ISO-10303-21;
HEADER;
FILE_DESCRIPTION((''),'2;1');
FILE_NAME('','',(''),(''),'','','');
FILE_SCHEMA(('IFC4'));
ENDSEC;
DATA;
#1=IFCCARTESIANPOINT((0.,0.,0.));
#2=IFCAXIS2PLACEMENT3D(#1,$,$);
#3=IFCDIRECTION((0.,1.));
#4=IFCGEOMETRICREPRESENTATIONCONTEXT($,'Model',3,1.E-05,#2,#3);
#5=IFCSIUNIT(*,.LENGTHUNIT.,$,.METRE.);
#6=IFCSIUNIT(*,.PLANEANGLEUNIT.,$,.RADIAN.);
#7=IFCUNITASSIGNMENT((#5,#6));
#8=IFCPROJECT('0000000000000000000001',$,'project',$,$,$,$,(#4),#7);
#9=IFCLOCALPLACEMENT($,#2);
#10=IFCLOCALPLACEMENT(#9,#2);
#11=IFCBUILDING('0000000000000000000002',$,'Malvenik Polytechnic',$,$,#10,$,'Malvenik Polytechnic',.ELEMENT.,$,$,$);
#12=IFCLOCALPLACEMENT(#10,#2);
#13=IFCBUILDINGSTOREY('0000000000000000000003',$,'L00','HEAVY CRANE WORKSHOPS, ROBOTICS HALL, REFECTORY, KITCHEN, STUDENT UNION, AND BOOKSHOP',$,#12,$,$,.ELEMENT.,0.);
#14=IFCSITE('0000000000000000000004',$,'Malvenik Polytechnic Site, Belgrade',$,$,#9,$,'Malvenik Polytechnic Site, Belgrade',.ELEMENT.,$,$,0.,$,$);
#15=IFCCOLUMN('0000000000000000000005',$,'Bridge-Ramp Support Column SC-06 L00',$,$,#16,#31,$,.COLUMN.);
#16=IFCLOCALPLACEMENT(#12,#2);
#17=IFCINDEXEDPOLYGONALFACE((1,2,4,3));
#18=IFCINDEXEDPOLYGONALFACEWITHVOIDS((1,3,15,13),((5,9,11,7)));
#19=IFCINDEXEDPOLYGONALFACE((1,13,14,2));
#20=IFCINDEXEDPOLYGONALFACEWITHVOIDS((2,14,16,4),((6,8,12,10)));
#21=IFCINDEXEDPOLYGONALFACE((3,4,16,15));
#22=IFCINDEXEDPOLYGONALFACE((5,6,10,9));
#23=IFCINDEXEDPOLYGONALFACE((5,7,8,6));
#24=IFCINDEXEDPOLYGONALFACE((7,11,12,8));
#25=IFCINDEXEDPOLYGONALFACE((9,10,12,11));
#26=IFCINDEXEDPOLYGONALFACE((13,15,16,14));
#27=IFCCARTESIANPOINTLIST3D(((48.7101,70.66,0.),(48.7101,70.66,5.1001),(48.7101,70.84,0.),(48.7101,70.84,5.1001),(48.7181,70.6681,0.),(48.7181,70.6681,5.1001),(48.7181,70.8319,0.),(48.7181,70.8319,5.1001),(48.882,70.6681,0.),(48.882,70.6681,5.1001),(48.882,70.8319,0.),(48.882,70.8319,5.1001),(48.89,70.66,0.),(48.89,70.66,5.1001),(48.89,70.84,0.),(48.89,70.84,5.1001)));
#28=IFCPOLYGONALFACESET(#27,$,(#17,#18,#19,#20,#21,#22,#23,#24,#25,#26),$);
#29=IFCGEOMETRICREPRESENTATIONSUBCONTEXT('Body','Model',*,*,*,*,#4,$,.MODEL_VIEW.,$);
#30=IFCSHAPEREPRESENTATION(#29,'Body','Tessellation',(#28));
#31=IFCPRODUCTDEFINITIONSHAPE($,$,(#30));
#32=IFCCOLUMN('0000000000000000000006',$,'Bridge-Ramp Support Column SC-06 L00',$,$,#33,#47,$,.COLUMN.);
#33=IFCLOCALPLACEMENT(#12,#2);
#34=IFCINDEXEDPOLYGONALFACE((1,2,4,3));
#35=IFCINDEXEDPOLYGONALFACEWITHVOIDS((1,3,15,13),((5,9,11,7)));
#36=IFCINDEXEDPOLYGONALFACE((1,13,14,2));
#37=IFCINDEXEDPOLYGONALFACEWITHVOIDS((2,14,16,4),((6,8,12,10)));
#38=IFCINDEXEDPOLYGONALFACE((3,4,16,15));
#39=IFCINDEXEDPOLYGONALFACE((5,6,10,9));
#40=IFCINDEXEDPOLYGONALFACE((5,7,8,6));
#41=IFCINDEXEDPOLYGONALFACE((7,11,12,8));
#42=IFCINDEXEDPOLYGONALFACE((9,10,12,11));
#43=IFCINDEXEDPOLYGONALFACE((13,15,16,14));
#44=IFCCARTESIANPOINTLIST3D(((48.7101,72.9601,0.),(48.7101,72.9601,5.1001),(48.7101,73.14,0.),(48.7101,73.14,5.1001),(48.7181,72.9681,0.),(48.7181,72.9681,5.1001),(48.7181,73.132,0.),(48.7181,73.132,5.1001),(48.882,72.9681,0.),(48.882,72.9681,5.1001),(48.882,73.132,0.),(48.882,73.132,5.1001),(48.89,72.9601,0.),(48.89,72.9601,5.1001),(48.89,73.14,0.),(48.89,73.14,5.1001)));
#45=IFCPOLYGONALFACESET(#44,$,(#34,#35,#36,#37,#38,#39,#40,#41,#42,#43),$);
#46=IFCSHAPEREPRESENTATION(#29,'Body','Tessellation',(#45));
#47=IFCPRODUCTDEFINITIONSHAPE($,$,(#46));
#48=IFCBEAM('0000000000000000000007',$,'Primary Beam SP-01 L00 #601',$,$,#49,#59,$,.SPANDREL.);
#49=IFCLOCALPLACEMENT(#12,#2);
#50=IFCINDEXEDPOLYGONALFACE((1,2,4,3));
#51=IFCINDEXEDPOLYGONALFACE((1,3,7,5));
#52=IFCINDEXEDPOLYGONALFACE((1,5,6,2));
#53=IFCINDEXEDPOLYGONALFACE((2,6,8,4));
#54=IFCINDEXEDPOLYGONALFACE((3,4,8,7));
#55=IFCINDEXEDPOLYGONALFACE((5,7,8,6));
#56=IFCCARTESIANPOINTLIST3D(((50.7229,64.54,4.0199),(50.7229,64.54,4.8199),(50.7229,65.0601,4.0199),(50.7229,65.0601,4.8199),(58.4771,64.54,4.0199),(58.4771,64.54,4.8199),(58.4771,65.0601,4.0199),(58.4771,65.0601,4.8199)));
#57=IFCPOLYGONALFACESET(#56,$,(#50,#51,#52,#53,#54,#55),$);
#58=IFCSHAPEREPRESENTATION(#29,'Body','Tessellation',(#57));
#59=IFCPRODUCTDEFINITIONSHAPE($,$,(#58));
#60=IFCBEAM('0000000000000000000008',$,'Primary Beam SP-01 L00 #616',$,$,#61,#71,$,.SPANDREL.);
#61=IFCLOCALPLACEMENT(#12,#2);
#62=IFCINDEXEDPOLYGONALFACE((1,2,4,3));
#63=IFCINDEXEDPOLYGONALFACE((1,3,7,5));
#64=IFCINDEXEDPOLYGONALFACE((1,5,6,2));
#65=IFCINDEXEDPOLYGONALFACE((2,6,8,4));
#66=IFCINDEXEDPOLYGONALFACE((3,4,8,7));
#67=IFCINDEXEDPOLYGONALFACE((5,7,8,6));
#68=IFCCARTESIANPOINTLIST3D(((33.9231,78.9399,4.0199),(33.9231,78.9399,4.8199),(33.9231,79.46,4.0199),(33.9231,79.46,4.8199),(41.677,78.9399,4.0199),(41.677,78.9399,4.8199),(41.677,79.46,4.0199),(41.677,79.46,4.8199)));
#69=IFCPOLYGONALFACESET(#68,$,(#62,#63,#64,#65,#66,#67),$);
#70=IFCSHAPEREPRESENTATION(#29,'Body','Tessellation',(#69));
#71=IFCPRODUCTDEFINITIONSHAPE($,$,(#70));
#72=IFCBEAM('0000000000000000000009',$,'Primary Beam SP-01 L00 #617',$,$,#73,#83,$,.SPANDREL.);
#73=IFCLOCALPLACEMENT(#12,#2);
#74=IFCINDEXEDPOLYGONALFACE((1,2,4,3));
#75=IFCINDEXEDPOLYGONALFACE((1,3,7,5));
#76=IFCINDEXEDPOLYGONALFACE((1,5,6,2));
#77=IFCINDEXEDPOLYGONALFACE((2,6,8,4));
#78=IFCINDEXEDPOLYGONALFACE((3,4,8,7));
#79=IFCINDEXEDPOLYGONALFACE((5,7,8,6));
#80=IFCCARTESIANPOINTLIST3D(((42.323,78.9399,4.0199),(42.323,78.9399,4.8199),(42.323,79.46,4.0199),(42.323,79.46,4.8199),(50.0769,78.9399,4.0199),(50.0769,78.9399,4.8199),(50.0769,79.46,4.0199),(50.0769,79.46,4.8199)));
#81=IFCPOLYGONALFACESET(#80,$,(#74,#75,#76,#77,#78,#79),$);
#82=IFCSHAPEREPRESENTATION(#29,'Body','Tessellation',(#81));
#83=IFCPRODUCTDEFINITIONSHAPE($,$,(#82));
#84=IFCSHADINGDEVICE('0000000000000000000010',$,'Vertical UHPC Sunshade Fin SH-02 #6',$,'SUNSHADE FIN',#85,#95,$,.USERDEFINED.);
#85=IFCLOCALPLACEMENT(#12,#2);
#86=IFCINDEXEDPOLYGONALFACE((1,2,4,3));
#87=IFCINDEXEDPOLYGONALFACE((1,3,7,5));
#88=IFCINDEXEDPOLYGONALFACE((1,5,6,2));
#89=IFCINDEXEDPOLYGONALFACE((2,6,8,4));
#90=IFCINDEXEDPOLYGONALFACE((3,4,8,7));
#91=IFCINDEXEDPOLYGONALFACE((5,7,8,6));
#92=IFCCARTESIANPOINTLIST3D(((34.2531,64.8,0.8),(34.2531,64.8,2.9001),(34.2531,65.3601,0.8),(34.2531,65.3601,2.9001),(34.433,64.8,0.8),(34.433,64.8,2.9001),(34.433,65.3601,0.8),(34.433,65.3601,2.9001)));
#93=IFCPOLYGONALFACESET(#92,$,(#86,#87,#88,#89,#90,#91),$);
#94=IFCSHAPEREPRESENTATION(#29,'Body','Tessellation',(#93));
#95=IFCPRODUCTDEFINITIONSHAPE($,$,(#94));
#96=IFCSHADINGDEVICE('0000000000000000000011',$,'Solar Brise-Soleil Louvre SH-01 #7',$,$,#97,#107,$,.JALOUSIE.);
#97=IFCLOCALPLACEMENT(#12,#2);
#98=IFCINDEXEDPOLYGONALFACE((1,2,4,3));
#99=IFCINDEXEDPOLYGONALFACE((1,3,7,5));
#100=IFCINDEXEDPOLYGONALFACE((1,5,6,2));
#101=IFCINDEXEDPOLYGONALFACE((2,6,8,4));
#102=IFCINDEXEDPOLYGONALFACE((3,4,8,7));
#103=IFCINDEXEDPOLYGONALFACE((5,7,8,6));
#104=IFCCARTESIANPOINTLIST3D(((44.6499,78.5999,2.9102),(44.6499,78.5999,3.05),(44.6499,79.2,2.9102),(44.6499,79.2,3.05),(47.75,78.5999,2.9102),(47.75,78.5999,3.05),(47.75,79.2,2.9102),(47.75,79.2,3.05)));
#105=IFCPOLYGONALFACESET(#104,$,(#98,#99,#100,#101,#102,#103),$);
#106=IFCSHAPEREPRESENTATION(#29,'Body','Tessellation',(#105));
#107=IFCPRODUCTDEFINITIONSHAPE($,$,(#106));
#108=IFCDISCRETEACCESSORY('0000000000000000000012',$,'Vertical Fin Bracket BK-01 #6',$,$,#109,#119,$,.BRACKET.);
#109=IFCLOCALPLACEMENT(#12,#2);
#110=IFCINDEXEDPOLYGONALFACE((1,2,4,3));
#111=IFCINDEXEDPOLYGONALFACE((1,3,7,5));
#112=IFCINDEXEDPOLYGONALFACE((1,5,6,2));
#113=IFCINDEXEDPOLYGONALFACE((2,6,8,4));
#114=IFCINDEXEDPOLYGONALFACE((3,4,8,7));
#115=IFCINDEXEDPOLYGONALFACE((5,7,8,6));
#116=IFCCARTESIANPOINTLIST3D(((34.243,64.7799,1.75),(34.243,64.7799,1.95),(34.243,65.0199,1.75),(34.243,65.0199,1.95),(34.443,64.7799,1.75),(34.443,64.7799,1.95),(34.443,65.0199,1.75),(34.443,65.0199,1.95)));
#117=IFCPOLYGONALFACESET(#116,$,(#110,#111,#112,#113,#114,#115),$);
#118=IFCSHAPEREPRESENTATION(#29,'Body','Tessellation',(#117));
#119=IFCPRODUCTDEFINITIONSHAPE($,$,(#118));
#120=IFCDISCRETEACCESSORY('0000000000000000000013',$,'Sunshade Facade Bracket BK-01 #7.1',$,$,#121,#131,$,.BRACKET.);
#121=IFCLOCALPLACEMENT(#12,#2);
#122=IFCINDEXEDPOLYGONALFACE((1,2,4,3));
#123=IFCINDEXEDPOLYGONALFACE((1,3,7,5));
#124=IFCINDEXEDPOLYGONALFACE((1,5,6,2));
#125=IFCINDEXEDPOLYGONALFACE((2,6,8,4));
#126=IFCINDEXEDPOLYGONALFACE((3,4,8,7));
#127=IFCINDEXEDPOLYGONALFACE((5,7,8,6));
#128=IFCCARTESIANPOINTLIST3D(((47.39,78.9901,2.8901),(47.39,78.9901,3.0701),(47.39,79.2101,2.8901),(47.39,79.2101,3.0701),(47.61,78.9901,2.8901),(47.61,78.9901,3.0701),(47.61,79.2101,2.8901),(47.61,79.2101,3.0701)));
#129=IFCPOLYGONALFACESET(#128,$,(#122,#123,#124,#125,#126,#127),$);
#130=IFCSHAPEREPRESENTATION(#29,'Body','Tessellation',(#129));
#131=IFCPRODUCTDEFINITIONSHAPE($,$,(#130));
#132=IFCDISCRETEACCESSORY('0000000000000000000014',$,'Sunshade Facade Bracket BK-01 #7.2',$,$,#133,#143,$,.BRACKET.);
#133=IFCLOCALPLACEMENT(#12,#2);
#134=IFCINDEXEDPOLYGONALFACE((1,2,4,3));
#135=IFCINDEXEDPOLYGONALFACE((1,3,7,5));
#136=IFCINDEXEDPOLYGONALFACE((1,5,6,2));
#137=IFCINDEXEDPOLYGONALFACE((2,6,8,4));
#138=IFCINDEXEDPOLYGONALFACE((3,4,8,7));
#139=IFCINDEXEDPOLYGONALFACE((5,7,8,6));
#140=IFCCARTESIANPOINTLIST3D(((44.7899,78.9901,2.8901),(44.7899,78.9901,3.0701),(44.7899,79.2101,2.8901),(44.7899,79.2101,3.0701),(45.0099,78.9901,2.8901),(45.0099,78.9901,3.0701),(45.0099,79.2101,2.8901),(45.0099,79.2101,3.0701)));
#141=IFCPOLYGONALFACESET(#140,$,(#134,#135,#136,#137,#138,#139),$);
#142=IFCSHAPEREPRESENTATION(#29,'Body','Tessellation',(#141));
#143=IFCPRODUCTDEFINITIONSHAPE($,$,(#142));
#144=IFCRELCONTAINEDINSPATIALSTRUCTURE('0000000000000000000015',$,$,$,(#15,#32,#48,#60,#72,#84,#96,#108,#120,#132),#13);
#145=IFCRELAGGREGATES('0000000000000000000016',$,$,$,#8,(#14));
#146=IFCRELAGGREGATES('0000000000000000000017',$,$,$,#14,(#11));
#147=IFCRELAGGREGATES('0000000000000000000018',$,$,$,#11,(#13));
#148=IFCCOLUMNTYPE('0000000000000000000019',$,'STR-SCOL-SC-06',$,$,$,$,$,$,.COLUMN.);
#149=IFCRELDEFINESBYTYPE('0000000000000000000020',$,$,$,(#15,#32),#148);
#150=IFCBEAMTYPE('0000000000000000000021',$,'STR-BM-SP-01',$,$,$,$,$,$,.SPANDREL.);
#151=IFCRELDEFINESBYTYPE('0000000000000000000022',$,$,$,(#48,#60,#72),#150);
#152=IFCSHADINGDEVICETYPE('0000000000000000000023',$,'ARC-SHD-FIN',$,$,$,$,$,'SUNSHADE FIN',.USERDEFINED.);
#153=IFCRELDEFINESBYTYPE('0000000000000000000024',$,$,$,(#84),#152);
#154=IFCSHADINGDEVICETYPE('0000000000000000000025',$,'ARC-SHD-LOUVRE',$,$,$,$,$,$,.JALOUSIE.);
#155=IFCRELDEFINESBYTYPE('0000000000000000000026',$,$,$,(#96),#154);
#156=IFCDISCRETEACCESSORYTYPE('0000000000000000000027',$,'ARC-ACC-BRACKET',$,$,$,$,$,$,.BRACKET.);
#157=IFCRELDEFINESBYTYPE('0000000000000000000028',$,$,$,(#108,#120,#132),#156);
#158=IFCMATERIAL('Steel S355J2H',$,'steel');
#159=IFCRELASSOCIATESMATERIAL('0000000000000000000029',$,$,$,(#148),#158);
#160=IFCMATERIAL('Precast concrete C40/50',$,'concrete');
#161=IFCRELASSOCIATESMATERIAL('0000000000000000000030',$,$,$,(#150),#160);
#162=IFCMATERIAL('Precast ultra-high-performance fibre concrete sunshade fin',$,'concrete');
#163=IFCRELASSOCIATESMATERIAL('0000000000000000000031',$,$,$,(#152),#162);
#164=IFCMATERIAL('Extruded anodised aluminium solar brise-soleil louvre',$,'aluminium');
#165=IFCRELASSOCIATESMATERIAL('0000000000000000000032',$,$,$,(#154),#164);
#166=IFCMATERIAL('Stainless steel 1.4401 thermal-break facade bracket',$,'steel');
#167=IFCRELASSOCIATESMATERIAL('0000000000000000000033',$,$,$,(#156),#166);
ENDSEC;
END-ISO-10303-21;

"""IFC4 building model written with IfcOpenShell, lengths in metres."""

from ifc_helpers import new_model, si_unit, direction, frame, origin, origin_2d, place, context, subcontext, project, spatial, rectangle, hollow_rectangle, extrude, material, material_profile, profile_set, type_object, element, save


model = new_model("IFC4")

# Units and contexts
model_context = context("Model", 3, precision=1e-05, world=origin(), true_north=direction((0.0, 1.0)))
body_context = subcontext(model_context, "Body", "Model", "MODEL_VIEW")
ifc_project = project(units=[si_unit("LENGTHUNIT", "METRE"), si_unit("PLANEANGLEUNIT", "RADIAN")], contexts=[model_context])

# Site, building, storey
site_placement = place(None, origin())
site = spatial("IfcSite", under=ifc_project, at=site_placement, Name="Malvenik Polytechnic Site, Belgrade", LongName="Malvenik Polytechnic Site, Belgrade", CompositionType="ELEMENT", RefElevation=0.0)
building_placement = place(site_placement, origin())
building = spatial("IfcBuilding", under=site, at=building_placement, Name="Malvenik Polytechnic", LongName="Malvenik Polytechnic", CompositionType="ELEMENT")
storey_placement = place(building_placement, origin())
storey = spatial("IfcBuildingStorey", under=building, at=storey_placement, Name="L00", Description="HEAVY CRANE WORKSHOPS, ROBOTICS HALL, REFECTORY, KITCHEN, STUDENT UNION, AND BOOKSHOP", CompositionType="ELEMENT", Elevation=0.0)

# Columns
ifc_material_1 = material(Name="Steel S355J2H", Category="steel")
ifc_material_profile_1 = material_profile(ifc_material_1, hollow_rectangle(XDim=0.1799, YDim=0.1799, WallThickness=0.0081, at=origin_2d()), Name="SHS 180x180x8.0")
ifc_profile_set_1 = profile_set([ifc_material_profile_1], Name="Steel S355J2H")
column_type_1 = type_object("IfcColumnType", Name="STR-SCOL-SC-06", PredefinedType="COLUMN", material=ifc_profile_set_1)
for number, where, z_axis, x_axis, name in (
    (1, (48.8, 70.75, 0.0), (0.0, 0.0, 1.0), (1.0, 0.0, 0.0), "Bridge-Ramp Support Column SC-06 L00"),
    (2, (48.8, 73.05, 0.0), (0.0, 0.0, 1.0), (1.0, 0.0, 0.0), "Bridge-Ramp Support Column SC-06 L00"),
):
    element("IfcColumn", number, at=place(storey_placement, frame(where, z_axis=z_axis, x_axis=x_axis)), inside=storey, type_object=column_type_1, Name=name, PredefinedType="COLUMN", context=body_context, shape_type="SweptSolid", body=[
        extrude(hollow_rectangle(XDim=0.1799, YDim=0.1799, WallThickness=0.0081, at=origin_2d()), origin(), (0.0, 0.0, 1.0), 5.1001),
    ])

# Beams
ifc_material_2 = material(Name="Precast concrete C40/50", Category="concrete")
ifc_material_profile_2 = material_profile(ifc_material_2, rectangle(XDim=0.52, YDim=0.8, at=origin_2d()), Name="PC SPN 520x800")
ifc_profile_set_2 = profile_set([ifc_material_profile_2], Name="Precast concrete C40/50")
beam_type = type_object("IfcBeamType", Name="STR-BM-SP-01", PredefinedType="SPANDREL", material=ifc_profile_set_2)
beam_placement = place(storey_placement, frame((50.7229, 64.8, 4.4199), z_axis=(1.0, 0.0, 0.0), x_axis=(0.0, 1.0, 0.0)))
element("IfcBeam", 3, at=beam_placement, inside=storey, type_object=beam_type, Name="Primary Beam SP-01 L00 #601", PredefinedType="SPANDREL", context=body_context, shape_type="SweptSolid", body=[
    extrude(rectangle(XDim=0.52, YDim=0.8, at=origin_2d()), origin(), (0.0, 0.0, 1.0), 7.7542),
])
for number, where, z_axis, x_axis, name in (
    (4, (33.9231, 79.2, 4.4199), (1.0, 0.0, 0.0), (0.0, 1.0, 0.0), "Primary Beam SP-01 L00 #616"),
    (5, (42.323, 79.2, 4.4199), (1.0, 0.0, 0.0), (0.0, 1.0, 0.0), "Primary Beam SP-01 L00 #617"),
):
    element("IfcBeam", number, at=place(storey_placement, frame(where, z_axis=z_axis, x_axis=x_axis)), inside=storey, type_object=beam_type, Name=name, PredefinedType="SPANDREL", context=body_context, shape_type="SweptSolid", body=[
        extrude(rectangle(XDim=0.52, YDim=0.8, at=origin_2d()), origin(), (0.0, 0.0, 1.0), 7.7539),
    ])

# Shading devices
ifc_material_3 = material(Name="Precast ultra-high-performance fibre concrete sunshade fin", Category="concrete")
shading_device_type_1 = type_object("IfcShadingDeviceType", Name="ARC-SHD-FIN", ElementType="SUNSHADE FIN", PredefinedType="USERDEFINED", material=ifc_material_3)
shading_device_1_placement = place(storey_placement, frame((34.343, 65.0801, 0.8), z_axis=(0.0, 0.0, 1.0), x_axis=(1.0, 0.0, 0.0)))
element("IfcShadingDevice", 6, at=shading_device_1_placement, inside=storey, type_object=shading_device_type_1, Name="Vertical UHPC Sunshade Fin SH-02 #6", ObjectType="SUNSHADE FIN", PredefinedType="USERDEFINED", context=body_context, shape_type="SweptSolid", body=[
    extrude(rectangle(XDim=0.1799, YDim=0.5601, at=origin_2d()), origin(), (0.0, 0.0, 1.0), 2.1001),
])
ifc_material_4 = material(Name="Extruded anodised aluminium solar brise-soleil louvre", Category="aluminium")
shading_device_type_2 = type_object("IfcShadingDeviceType", Name="ARC-SHD-LOUVRE", PredefinedType="JALOUSIE", material=ifc_material_4)
shading_device_2_placement = place(storey_placement, frame((46.2, 78.8999, 2.9102), z_axis=(0.0, 0.0, 1.0), x_axis=(1.0, 0.0, 0.0)))
element("IfcShadingDevice", 7, at=shading_device_2_placement, inside=storey, type_object=shading_device_type_2, Name="Solar Brise-Soleil Louvre SH-01 #7", PredefinedType="JALOUSIE", context=body_context, shape_type="SweptSolid", body=[
    extrude(rectangle(XDim=3.1001, YDim=0.6001, at=origin_2d()), origin(), (0.0, 0.0, 1.0), 0.1399),
])

# Discrete accessories
ifc_material_5 = material(Name="Stainless steel 1.4401 thermal-break facade bracket", Category="steel")
discrete_accessory_type = type_object("IfcDiscreteAccessoryType", Name="ARC-ACC-BRACKET", PredefinedType="BRACKET", material=ifc_material_5)
discrete_accessory_placement = place(storey_placement, frame((34.343, 64.8999, 1.75), z_axis=(0.0, 0.0, 1.0), x_axis=(1.0, 0.0, 0.0)))
element("IfcDiscreteAccessory", 8, at=discrete_accessory_placement, inside=storey, type_object=discrete_accessory_type, Name="Vertical Fin Bracket BK-01 #6", PredefinedType="BRACKET", context=body_context, shape_type="SweptSolid", body=[
    extrude(rectangle(XDim=0.2, YDim=0.24, at=origin_2d()), origin(), (0.0, 0.0, 1.0), 0.2),
])
for number, where, z_axis, x_axis, name in (
    (9, (47.5, 79.1001, 2.8901), (0.0, 0.0, 1.0), (1.0, 0.0, 0.0), "Sunshade Facade Bracket BK-01 #7.1"),
    (10, (44.8999, 79.1001, 2.8901), (0.0, 0.0, 1.0), (1.0, 0.0, 0.0), "Sunshade Facade Bracket BK-01 #7.2"),
):
    element("IfcDiscreteAccessory", number, at=place(storey_placement, frame(where, z_axis=z_axis, x_axis=x_axis)), inside=storey, type_object=discrete_accessory_type, Name=name, PredefinedType="BRACKET", context=body_context, shape_type="SweptSolid", body=[
        extrude(rectangle(XDim=0.22, YDim=0.22, at=origin_2d()), origin(), (0.0, 0.0, 1.0), 0.1799),
    ])

save(model, "model.ifc")
